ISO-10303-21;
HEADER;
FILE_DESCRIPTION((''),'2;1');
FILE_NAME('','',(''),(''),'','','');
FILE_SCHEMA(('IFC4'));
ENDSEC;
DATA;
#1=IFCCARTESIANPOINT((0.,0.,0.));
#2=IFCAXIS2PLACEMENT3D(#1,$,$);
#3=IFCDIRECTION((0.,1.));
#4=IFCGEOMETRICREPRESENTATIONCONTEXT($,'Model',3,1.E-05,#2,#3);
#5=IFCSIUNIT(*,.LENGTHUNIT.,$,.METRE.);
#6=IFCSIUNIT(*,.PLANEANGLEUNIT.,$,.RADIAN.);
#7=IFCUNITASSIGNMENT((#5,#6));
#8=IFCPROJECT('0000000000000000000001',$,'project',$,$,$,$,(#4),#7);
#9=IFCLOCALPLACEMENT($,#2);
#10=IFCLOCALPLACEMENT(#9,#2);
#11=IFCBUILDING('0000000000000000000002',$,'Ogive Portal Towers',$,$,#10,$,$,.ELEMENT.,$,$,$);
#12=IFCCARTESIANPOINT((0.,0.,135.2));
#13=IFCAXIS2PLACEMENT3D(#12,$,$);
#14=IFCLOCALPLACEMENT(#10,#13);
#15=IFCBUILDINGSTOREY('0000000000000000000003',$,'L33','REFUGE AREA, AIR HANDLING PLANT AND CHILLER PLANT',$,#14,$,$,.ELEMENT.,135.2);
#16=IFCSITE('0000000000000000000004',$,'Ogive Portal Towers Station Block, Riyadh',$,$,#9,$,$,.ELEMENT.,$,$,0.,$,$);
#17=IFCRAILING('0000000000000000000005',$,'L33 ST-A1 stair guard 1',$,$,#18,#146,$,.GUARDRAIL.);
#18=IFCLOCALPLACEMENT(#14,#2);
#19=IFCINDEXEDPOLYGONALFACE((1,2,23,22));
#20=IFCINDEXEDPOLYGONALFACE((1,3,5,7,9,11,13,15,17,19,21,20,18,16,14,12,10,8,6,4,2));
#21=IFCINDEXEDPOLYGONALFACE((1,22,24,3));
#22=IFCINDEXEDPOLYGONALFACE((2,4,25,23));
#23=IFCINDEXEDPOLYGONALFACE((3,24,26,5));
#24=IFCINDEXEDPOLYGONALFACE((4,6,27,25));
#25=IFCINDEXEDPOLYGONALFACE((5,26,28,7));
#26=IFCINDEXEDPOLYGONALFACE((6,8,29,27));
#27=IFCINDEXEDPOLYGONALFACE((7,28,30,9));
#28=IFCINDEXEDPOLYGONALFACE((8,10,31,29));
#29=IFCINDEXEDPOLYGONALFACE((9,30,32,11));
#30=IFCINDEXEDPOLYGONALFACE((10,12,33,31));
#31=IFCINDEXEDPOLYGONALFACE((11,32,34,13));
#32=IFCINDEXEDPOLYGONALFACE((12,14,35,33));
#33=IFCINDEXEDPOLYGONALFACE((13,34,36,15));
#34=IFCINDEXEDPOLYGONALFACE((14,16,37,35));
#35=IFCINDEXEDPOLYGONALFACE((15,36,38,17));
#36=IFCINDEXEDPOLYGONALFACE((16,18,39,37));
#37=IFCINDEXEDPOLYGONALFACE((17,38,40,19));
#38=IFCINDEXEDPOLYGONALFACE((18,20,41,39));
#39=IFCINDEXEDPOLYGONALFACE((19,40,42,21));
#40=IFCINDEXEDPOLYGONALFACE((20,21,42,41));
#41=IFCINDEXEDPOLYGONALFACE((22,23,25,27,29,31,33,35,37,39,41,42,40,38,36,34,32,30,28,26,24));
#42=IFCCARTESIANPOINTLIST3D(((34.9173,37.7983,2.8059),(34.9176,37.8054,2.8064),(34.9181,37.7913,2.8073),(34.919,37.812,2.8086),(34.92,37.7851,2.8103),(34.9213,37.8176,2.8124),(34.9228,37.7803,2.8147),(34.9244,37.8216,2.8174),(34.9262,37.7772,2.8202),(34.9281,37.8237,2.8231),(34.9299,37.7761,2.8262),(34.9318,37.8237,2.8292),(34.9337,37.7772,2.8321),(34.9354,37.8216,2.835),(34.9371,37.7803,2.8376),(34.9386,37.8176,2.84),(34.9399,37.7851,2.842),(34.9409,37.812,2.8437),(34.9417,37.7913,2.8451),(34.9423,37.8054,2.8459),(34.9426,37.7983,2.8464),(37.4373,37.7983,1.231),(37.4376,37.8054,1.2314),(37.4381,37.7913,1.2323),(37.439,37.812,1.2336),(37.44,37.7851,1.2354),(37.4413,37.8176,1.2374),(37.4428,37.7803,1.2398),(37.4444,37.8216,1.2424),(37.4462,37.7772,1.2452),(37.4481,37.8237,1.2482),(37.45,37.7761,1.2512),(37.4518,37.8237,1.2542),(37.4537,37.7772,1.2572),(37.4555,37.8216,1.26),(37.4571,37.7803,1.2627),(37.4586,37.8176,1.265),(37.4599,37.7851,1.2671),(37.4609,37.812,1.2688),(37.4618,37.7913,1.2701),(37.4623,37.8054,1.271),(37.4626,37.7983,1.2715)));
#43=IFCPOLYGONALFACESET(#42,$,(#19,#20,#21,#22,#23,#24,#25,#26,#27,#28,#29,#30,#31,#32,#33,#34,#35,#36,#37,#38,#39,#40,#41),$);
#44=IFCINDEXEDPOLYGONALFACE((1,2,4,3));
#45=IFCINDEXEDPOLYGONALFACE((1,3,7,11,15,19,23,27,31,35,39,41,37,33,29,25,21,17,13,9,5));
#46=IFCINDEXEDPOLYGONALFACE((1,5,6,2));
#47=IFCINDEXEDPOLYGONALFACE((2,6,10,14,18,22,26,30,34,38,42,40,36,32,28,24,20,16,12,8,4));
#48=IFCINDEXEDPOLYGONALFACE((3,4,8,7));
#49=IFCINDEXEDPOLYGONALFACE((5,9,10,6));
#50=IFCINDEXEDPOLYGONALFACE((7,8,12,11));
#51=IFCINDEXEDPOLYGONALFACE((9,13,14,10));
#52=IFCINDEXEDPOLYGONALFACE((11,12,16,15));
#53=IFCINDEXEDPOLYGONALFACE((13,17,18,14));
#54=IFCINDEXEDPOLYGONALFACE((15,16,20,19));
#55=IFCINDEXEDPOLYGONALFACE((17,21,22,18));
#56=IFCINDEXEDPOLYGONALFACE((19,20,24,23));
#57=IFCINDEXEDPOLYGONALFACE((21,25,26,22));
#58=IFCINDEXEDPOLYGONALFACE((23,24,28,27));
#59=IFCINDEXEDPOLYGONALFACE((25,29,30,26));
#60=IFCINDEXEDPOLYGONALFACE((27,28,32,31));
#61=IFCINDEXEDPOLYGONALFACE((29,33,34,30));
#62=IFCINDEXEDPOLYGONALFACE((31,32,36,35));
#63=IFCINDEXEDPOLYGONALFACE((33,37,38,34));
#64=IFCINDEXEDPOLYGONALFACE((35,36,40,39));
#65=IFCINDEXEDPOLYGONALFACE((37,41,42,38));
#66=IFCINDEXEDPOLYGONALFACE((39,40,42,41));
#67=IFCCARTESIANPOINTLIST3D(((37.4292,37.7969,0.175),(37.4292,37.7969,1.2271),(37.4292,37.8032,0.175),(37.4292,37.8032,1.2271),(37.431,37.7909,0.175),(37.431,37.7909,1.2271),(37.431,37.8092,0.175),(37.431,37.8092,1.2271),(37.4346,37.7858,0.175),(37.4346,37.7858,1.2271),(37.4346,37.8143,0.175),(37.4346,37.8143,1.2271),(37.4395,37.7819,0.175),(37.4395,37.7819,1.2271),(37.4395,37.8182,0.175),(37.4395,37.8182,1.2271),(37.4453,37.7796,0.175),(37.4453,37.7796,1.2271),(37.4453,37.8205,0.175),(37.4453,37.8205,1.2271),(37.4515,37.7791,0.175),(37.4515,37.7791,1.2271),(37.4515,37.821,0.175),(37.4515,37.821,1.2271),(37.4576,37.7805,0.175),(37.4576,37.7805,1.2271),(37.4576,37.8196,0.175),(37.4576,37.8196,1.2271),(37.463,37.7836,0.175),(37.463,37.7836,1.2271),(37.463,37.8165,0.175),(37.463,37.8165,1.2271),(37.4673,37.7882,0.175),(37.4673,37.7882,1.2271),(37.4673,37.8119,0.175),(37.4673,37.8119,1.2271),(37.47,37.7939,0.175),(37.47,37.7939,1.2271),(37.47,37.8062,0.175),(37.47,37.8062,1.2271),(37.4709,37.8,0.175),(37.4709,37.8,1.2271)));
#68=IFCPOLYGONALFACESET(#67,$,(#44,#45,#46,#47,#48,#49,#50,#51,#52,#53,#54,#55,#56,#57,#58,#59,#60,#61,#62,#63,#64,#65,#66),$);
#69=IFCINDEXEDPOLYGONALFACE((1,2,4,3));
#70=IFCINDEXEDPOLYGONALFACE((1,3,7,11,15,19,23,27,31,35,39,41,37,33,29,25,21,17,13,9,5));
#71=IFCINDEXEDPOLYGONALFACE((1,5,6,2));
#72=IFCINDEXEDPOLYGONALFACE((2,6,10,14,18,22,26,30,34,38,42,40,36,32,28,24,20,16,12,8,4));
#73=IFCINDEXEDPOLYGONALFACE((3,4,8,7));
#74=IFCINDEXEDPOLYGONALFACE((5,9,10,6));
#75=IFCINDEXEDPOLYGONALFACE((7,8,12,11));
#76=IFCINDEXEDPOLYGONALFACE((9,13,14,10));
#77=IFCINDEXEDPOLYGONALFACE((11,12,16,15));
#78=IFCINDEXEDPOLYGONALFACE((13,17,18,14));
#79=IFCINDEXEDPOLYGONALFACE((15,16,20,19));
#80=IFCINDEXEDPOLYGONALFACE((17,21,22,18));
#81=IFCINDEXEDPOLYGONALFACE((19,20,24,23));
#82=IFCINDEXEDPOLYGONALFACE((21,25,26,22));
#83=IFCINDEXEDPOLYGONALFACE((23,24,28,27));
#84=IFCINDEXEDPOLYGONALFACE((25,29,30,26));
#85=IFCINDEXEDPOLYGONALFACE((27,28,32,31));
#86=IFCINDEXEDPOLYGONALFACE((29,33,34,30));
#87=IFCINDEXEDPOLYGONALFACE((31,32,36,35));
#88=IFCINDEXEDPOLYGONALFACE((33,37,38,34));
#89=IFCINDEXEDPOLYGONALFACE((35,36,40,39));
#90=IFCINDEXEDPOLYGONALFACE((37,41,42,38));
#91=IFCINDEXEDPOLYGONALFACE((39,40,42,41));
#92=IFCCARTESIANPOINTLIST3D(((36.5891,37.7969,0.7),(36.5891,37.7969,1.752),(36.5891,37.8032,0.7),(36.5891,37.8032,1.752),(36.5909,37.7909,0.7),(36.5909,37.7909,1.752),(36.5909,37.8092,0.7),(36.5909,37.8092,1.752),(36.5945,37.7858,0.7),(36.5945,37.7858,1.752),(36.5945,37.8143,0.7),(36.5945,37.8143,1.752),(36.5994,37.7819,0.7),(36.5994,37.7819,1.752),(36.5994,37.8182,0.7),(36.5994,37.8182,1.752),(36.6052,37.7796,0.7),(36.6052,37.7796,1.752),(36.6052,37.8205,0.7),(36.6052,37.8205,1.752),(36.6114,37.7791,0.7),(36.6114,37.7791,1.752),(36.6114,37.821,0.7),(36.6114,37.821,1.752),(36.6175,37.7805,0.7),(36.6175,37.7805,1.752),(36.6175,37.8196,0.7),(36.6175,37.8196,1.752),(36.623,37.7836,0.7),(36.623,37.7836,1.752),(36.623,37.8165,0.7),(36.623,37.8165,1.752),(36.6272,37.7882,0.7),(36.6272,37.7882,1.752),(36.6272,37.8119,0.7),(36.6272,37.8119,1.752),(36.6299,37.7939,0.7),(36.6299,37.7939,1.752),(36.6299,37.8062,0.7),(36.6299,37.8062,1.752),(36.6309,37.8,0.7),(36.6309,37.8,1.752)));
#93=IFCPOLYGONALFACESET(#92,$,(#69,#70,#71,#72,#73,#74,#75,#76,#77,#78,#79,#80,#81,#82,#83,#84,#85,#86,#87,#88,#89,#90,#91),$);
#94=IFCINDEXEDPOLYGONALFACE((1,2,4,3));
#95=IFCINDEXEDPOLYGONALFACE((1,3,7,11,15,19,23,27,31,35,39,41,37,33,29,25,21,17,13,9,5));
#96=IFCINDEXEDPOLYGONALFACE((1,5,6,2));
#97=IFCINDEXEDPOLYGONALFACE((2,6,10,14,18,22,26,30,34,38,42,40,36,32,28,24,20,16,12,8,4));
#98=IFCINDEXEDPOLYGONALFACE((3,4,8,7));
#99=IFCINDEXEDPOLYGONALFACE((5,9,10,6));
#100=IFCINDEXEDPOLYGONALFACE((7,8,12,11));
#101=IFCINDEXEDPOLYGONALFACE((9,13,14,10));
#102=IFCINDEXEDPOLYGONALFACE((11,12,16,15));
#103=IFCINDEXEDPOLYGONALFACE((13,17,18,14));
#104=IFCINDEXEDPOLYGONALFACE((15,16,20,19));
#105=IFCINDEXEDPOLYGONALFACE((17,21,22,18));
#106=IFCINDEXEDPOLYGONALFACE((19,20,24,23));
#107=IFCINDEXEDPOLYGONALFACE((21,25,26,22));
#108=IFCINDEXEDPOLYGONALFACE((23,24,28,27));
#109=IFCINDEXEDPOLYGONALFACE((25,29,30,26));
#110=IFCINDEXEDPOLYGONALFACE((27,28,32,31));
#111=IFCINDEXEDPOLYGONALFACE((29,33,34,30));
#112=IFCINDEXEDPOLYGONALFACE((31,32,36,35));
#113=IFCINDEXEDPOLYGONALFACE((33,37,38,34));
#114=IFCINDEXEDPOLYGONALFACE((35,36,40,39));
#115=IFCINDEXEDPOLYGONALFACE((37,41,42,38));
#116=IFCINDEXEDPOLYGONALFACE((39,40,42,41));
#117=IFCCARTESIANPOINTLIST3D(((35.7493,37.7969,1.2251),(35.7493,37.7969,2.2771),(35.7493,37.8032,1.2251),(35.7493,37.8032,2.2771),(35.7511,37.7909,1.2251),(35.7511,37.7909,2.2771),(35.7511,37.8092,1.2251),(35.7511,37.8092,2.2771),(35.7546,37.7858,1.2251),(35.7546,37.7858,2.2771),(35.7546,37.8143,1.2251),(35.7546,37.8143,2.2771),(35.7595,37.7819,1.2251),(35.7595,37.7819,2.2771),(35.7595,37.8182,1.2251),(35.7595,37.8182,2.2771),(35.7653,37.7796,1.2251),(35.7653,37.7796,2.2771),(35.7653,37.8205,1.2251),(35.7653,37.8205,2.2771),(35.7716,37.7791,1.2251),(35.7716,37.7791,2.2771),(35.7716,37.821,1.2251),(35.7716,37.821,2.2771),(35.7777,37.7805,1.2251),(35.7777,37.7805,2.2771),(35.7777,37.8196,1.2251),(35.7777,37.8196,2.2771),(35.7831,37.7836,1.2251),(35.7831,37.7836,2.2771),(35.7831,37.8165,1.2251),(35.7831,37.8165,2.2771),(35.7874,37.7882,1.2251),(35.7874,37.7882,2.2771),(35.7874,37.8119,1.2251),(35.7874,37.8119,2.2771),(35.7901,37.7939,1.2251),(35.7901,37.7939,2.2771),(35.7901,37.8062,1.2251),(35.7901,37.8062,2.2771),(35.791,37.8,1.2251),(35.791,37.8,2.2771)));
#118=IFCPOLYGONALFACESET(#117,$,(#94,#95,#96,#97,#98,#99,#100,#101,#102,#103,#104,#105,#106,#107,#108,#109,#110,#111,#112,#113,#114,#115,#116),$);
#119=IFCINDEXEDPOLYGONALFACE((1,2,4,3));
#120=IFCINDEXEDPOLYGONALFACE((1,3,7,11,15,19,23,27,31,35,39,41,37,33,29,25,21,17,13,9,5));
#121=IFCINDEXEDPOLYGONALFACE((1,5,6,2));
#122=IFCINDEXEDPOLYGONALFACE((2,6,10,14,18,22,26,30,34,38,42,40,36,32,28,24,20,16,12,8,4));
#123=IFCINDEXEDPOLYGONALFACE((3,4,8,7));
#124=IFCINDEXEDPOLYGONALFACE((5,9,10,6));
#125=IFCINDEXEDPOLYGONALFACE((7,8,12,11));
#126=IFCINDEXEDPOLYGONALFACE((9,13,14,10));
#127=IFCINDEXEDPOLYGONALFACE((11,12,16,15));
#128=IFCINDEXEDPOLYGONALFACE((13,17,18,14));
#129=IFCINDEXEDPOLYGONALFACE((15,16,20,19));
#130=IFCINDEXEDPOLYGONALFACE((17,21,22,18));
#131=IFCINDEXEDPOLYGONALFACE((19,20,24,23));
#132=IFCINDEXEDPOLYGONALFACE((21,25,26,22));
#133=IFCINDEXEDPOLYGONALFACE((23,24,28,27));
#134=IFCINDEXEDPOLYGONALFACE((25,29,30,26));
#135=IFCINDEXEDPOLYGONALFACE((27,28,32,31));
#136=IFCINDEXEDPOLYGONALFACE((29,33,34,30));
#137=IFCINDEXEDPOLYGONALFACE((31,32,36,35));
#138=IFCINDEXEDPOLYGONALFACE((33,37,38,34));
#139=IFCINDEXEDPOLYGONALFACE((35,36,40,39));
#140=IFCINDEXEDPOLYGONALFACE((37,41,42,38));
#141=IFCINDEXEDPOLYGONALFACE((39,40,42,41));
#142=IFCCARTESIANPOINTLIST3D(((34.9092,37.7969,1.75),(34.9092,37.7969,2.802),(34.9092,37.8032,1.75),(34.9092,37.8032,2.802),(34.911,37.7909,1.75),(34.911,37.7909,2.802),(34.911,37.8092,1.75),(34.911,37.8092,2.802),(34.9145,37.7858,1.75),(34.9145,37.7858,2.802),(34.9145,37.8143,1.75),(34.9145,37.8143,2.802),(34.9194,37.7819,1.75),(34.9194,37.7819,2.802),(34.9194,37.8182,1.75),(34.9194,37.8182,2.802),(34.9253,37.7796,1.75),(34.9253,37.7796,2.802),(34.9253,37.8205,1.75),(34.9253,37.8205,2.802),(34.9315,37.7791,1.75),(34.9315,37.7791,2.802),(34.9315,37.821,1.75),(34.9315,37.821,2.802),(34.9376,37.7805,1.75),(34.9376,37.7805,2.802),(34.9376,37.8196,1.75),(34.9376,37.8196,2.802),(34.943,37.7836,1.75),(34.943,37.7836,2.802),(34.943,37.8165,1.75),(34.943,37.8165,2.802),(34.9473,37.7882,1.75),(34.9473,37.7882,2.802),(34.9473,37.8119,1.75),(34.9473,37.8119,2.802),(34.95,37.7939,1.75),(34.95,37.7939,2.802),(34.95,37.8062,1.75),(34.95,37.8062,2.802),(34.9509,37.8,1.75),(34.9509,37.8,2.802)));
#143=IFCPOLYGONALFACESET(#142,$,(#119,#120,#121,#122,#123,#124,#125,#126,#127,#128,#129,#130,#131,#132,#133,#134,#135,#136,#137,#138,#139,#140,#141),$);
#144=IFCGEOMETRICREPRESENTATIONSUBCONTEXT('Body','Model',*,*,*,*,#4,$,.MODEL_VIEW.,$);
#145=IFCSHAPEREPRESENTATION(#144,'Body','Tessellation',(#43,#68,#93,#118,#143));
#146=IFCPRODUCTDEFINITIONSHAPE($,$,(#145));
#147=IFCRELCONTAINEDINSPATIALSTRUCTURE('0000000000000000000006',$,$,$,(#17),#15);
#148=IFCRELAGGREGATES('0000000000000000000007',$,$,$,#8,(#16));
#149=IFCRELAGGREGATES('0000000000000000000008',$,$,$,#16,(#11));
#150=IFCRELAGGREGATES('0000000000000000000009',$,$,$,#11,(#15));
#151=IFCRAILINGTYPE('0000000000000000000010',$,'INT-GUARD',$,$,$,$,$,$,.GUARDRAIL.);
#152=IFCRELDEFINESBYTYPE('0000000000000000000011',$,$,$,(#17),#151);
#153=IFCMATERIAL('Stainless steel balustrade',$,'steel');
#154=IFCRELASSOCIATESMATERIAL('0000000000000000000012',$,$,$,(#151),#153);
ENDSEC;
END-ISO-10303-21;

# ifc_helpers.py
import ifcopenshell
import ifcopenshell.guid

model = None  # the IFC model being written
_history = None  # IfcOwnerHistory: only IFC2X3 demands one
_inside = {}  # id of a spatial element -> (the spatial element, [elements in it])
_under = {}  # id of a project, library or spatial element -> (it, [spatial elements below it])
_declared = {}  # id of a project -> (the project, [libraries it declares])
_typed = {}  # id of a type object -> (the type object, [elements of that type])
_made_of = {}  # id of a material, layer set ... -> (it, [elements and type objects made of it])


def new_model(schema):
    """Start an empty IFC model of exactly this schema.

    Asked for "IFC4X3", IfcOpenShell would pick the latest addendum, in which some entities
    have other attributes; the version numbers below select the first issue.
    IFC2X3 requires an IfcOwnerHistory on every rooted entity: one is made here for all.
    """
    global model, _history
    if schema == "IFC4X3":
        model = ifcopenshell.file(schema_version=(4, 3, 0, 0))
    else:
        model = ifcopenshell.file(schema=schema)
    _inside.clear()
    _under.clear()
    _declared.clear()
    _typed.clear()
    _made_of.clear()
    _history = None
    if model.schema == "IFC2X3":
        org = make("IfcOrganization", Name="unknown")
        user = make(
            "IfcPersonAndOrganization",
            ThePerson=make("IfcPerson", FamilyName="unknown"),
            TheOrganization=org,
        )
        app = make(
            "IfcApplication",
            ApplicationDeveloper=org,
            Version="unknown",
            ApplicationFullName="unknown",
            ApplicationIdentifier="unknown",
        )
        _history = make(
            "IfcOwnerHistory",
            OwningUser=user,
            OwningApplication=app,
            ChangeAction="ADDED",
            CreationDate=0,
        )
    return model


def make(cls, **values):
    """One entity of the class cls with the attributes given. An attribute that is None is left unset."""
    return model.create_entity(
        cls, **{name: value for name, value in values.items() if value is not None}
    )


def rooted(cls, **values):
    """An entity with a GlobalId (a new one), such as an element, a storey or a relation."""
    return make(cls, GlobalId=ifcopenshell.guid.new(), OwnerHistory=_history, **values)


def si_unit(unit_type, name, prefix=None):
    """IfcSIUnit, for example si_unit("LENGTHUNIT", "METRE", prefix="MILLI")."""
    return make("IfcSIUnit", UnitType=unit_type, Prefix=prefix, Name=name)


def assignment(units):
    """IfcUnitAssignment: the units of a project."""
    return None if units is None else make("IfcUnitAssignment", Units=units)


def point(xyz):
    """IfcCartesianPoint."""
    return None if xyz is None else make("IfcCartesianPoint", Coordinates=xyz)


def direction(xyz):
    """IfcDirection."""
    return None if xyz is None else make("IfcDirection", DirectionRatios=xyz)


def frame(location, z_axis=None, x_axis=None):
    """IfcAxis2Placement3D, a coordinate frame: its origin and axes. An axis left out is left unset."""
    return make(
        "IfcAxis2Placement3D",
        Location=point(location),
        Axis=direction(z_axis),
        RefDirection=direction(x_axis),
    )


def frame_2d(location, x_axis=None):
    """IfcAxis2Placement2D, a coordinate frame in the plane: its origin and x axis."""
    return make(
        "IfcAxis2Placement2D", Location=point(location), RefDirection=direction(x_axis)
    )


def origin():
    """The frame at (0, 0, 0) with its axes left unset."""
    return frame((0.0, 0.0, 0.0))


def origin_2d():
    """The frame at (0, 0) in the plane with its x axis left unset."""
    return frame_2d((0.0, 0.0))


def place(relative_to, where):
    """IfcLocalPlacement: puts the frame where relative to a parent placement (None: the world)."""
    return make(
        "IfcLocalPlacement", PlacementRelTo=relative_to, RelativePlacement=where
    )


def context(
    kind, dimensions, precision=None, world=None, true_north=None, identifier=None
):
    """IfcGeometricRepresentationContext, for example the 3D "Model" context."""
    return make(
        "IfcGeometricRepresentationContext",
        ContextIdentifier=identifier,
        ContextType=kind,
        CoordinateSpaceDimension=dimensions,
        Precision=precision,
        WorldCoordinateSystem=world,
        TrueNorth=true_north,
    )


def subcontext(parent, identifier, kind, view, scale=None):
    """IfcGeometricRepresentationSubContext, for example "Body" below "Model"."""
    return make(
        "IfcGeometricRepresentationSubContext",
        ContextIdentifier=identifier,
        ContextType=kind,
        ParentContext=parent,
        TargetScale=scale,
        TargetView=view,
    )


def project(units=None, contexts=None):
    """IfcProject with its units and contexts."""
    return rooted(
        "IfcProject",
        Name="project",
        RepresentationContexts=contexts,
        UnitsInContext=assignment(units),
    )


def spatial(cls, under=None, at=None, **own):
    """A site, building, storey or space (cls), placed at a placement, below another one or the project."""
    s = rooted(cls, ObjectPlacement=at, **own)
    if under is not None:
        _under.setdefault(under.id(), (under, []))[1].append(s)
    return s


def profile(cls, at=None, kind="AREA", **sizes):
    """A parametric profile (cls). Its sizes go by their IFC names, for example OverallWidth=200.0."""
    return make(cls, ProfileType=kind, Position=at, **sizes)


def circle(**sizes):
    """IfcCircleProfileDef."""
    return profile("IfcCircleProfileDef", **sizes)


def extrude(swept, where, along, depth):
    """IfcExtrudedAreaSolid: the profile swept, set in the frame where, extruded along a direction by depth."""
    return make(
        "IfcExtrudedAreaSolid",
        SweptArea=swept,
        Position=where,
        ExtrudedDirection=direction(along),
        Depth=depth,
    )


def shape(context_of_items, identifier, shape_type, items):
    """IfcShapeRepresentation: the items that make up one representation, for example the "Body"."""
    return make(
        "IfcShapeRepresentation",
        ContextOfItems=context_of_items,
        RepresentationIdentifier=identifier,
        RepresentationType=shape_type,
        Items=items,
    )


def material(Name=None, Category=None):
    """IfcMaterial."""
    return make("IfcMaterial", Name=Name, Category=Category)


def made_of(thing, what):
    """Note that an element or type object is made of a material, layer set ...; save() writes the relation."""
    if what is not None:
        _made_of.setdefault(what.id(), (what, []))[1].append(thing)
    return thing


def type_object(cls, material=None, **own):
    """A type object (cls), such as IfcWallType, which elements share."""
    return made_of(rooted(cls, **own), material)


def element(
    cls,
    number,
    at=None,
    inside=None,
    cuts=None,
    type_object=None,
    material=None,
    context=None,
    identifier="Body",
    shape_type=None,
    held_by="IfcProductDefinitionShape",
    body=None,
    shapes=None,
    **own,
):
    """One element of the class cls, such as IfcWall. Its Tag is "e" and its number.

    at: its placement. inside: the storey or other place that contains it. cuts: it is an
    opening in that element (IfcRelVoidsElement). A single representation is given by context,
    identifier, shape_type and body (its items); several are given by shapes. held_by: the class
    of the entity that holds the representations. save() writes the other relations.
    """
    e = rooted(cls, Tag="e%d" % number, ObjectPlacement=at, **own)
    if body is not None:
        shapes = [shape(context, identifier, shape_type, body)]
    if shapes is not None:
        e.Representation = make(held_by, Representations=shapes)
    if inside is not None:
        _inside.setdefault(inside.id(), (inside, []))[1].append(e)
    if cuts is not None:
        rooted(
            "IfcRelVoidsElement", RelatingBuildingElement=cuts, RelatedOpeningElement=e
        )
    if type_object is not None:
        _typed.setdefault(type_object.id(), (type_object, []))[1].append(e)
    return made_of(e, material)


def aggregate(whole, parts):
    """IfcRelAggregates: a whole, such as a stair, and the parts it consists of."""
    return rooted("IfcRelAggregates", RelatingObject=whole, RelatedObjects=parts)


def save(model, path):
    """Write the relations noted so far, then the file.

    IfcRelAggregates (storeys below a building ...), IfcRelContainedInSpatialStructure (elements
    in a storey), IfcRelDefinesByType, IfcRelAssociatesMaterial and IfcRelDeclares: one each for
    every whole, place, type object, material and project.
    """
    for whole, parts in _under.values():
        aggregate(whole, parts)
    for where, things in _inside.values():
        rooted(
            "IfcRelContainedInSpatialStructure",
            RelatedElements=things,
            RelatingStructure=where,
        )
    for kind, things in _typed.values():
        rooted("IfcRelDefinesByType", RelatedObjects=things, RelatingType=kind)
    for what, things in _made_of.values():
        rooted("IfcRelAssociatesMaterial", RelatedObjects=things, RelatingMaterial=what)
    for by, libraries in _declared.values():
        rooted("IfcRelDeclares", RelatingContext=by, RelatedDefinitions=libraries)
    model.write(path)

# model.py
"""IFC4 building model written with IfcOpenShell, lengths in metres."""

from ifc_helpers import new_model, si_unit, direction, frame, origin, origin_2d, place, context, subcontext, project, spatial, circle, extrude, material, type_object, element, save


model = new_model("IFC4")

# Units and contexts
model_context = context("Model", 3, precision=1e-05, world=origin(), true_north=direction((0.0, 1.0)))
body_context = subcontext(model_context, "Body", "Model", "MODEL_VIEW")
ifc_project = project(units=[si_unit("LENGTHUNIT", "METRE"), si_unit("PLANEANGLEUNIT", "RADIAN")], contexts=[model_context])

# Site, building, storey
site_placement = place(None, origin())
site = spatial("IfcSite", under=ifc_project, at=site_placement, Name="Ogive Portal Towers Station Block, Riyadh", CompositionType="ELEMENT", RefElevation=0.0)
building_placement = place(site_placement, origin())
building = spatial("IfcBuilding", under=site, at=building_placement, Name="Ogive Portal Towers", CompositionType="ELEMENT")
storey_placement = place(building_placement, frame((0.0, 0.0, 135.2)))
storey = spatial("IfcBuildingStorey", under=building, at=storey_placement, Name="L33", Description="REFUGE AREA, AIR HANDLING PLANT AND CHILLER PLANT", CompositionType="ELEMENT", Elevation=135.2)

# Railing
ifc_material_1 = material(Name="Stainless steel balustrade", Category="steel")
railing_type_1 = type_object("IfcRailingType", Name="INT-GUARD", PredefinedType="GUARDRAIL", material=ifc_material_1)
railing_1_placement = place(storey_placement, frame((37.45, 37.8, 0.175)))
element("IfcRailing", 1, at=railing_1_placement, inside=storey, type_object=railing_type_1, Name="L33 ST-A1 stair guard 1", PredefinedType="GUARDRAIL", context=body_context, shape_type="SweptSolid", body=[
    extrude(circle(Radius=0.0239, at=origin_2d()), frame((0.0, 0.0, 1.0762), z_axis=(-0.848008, 0.0, 0.529984), x_axis=(0.0, -1.0, 0.0)), (0.0, 0.0, 1.0), 2.9717),
    extrude(circle(Radius=0.021, at=origin_2d()), origin(), (0.0, 0.0, 1.0), 1.052),
    extrude(circle(Radius=0.021, at=origin_2d()), frame((-0.8401, 0.0, 0.5249)), (0.0, 0.0, 1.0), 1.052),
    extrude(circle(Radius=0.021, at=origin_2d()), frame((-1.6799, 0.0, 1.05)), (0.0, 0.0, 1.0), 1.052),
    extrude(circle(Radius=0.021, at=origin_2d()), frame((-2.52, 0.0, 1.575)), (0.0, 0.0, 1.0), 1.052),
])

save(model, "model.ifc")
